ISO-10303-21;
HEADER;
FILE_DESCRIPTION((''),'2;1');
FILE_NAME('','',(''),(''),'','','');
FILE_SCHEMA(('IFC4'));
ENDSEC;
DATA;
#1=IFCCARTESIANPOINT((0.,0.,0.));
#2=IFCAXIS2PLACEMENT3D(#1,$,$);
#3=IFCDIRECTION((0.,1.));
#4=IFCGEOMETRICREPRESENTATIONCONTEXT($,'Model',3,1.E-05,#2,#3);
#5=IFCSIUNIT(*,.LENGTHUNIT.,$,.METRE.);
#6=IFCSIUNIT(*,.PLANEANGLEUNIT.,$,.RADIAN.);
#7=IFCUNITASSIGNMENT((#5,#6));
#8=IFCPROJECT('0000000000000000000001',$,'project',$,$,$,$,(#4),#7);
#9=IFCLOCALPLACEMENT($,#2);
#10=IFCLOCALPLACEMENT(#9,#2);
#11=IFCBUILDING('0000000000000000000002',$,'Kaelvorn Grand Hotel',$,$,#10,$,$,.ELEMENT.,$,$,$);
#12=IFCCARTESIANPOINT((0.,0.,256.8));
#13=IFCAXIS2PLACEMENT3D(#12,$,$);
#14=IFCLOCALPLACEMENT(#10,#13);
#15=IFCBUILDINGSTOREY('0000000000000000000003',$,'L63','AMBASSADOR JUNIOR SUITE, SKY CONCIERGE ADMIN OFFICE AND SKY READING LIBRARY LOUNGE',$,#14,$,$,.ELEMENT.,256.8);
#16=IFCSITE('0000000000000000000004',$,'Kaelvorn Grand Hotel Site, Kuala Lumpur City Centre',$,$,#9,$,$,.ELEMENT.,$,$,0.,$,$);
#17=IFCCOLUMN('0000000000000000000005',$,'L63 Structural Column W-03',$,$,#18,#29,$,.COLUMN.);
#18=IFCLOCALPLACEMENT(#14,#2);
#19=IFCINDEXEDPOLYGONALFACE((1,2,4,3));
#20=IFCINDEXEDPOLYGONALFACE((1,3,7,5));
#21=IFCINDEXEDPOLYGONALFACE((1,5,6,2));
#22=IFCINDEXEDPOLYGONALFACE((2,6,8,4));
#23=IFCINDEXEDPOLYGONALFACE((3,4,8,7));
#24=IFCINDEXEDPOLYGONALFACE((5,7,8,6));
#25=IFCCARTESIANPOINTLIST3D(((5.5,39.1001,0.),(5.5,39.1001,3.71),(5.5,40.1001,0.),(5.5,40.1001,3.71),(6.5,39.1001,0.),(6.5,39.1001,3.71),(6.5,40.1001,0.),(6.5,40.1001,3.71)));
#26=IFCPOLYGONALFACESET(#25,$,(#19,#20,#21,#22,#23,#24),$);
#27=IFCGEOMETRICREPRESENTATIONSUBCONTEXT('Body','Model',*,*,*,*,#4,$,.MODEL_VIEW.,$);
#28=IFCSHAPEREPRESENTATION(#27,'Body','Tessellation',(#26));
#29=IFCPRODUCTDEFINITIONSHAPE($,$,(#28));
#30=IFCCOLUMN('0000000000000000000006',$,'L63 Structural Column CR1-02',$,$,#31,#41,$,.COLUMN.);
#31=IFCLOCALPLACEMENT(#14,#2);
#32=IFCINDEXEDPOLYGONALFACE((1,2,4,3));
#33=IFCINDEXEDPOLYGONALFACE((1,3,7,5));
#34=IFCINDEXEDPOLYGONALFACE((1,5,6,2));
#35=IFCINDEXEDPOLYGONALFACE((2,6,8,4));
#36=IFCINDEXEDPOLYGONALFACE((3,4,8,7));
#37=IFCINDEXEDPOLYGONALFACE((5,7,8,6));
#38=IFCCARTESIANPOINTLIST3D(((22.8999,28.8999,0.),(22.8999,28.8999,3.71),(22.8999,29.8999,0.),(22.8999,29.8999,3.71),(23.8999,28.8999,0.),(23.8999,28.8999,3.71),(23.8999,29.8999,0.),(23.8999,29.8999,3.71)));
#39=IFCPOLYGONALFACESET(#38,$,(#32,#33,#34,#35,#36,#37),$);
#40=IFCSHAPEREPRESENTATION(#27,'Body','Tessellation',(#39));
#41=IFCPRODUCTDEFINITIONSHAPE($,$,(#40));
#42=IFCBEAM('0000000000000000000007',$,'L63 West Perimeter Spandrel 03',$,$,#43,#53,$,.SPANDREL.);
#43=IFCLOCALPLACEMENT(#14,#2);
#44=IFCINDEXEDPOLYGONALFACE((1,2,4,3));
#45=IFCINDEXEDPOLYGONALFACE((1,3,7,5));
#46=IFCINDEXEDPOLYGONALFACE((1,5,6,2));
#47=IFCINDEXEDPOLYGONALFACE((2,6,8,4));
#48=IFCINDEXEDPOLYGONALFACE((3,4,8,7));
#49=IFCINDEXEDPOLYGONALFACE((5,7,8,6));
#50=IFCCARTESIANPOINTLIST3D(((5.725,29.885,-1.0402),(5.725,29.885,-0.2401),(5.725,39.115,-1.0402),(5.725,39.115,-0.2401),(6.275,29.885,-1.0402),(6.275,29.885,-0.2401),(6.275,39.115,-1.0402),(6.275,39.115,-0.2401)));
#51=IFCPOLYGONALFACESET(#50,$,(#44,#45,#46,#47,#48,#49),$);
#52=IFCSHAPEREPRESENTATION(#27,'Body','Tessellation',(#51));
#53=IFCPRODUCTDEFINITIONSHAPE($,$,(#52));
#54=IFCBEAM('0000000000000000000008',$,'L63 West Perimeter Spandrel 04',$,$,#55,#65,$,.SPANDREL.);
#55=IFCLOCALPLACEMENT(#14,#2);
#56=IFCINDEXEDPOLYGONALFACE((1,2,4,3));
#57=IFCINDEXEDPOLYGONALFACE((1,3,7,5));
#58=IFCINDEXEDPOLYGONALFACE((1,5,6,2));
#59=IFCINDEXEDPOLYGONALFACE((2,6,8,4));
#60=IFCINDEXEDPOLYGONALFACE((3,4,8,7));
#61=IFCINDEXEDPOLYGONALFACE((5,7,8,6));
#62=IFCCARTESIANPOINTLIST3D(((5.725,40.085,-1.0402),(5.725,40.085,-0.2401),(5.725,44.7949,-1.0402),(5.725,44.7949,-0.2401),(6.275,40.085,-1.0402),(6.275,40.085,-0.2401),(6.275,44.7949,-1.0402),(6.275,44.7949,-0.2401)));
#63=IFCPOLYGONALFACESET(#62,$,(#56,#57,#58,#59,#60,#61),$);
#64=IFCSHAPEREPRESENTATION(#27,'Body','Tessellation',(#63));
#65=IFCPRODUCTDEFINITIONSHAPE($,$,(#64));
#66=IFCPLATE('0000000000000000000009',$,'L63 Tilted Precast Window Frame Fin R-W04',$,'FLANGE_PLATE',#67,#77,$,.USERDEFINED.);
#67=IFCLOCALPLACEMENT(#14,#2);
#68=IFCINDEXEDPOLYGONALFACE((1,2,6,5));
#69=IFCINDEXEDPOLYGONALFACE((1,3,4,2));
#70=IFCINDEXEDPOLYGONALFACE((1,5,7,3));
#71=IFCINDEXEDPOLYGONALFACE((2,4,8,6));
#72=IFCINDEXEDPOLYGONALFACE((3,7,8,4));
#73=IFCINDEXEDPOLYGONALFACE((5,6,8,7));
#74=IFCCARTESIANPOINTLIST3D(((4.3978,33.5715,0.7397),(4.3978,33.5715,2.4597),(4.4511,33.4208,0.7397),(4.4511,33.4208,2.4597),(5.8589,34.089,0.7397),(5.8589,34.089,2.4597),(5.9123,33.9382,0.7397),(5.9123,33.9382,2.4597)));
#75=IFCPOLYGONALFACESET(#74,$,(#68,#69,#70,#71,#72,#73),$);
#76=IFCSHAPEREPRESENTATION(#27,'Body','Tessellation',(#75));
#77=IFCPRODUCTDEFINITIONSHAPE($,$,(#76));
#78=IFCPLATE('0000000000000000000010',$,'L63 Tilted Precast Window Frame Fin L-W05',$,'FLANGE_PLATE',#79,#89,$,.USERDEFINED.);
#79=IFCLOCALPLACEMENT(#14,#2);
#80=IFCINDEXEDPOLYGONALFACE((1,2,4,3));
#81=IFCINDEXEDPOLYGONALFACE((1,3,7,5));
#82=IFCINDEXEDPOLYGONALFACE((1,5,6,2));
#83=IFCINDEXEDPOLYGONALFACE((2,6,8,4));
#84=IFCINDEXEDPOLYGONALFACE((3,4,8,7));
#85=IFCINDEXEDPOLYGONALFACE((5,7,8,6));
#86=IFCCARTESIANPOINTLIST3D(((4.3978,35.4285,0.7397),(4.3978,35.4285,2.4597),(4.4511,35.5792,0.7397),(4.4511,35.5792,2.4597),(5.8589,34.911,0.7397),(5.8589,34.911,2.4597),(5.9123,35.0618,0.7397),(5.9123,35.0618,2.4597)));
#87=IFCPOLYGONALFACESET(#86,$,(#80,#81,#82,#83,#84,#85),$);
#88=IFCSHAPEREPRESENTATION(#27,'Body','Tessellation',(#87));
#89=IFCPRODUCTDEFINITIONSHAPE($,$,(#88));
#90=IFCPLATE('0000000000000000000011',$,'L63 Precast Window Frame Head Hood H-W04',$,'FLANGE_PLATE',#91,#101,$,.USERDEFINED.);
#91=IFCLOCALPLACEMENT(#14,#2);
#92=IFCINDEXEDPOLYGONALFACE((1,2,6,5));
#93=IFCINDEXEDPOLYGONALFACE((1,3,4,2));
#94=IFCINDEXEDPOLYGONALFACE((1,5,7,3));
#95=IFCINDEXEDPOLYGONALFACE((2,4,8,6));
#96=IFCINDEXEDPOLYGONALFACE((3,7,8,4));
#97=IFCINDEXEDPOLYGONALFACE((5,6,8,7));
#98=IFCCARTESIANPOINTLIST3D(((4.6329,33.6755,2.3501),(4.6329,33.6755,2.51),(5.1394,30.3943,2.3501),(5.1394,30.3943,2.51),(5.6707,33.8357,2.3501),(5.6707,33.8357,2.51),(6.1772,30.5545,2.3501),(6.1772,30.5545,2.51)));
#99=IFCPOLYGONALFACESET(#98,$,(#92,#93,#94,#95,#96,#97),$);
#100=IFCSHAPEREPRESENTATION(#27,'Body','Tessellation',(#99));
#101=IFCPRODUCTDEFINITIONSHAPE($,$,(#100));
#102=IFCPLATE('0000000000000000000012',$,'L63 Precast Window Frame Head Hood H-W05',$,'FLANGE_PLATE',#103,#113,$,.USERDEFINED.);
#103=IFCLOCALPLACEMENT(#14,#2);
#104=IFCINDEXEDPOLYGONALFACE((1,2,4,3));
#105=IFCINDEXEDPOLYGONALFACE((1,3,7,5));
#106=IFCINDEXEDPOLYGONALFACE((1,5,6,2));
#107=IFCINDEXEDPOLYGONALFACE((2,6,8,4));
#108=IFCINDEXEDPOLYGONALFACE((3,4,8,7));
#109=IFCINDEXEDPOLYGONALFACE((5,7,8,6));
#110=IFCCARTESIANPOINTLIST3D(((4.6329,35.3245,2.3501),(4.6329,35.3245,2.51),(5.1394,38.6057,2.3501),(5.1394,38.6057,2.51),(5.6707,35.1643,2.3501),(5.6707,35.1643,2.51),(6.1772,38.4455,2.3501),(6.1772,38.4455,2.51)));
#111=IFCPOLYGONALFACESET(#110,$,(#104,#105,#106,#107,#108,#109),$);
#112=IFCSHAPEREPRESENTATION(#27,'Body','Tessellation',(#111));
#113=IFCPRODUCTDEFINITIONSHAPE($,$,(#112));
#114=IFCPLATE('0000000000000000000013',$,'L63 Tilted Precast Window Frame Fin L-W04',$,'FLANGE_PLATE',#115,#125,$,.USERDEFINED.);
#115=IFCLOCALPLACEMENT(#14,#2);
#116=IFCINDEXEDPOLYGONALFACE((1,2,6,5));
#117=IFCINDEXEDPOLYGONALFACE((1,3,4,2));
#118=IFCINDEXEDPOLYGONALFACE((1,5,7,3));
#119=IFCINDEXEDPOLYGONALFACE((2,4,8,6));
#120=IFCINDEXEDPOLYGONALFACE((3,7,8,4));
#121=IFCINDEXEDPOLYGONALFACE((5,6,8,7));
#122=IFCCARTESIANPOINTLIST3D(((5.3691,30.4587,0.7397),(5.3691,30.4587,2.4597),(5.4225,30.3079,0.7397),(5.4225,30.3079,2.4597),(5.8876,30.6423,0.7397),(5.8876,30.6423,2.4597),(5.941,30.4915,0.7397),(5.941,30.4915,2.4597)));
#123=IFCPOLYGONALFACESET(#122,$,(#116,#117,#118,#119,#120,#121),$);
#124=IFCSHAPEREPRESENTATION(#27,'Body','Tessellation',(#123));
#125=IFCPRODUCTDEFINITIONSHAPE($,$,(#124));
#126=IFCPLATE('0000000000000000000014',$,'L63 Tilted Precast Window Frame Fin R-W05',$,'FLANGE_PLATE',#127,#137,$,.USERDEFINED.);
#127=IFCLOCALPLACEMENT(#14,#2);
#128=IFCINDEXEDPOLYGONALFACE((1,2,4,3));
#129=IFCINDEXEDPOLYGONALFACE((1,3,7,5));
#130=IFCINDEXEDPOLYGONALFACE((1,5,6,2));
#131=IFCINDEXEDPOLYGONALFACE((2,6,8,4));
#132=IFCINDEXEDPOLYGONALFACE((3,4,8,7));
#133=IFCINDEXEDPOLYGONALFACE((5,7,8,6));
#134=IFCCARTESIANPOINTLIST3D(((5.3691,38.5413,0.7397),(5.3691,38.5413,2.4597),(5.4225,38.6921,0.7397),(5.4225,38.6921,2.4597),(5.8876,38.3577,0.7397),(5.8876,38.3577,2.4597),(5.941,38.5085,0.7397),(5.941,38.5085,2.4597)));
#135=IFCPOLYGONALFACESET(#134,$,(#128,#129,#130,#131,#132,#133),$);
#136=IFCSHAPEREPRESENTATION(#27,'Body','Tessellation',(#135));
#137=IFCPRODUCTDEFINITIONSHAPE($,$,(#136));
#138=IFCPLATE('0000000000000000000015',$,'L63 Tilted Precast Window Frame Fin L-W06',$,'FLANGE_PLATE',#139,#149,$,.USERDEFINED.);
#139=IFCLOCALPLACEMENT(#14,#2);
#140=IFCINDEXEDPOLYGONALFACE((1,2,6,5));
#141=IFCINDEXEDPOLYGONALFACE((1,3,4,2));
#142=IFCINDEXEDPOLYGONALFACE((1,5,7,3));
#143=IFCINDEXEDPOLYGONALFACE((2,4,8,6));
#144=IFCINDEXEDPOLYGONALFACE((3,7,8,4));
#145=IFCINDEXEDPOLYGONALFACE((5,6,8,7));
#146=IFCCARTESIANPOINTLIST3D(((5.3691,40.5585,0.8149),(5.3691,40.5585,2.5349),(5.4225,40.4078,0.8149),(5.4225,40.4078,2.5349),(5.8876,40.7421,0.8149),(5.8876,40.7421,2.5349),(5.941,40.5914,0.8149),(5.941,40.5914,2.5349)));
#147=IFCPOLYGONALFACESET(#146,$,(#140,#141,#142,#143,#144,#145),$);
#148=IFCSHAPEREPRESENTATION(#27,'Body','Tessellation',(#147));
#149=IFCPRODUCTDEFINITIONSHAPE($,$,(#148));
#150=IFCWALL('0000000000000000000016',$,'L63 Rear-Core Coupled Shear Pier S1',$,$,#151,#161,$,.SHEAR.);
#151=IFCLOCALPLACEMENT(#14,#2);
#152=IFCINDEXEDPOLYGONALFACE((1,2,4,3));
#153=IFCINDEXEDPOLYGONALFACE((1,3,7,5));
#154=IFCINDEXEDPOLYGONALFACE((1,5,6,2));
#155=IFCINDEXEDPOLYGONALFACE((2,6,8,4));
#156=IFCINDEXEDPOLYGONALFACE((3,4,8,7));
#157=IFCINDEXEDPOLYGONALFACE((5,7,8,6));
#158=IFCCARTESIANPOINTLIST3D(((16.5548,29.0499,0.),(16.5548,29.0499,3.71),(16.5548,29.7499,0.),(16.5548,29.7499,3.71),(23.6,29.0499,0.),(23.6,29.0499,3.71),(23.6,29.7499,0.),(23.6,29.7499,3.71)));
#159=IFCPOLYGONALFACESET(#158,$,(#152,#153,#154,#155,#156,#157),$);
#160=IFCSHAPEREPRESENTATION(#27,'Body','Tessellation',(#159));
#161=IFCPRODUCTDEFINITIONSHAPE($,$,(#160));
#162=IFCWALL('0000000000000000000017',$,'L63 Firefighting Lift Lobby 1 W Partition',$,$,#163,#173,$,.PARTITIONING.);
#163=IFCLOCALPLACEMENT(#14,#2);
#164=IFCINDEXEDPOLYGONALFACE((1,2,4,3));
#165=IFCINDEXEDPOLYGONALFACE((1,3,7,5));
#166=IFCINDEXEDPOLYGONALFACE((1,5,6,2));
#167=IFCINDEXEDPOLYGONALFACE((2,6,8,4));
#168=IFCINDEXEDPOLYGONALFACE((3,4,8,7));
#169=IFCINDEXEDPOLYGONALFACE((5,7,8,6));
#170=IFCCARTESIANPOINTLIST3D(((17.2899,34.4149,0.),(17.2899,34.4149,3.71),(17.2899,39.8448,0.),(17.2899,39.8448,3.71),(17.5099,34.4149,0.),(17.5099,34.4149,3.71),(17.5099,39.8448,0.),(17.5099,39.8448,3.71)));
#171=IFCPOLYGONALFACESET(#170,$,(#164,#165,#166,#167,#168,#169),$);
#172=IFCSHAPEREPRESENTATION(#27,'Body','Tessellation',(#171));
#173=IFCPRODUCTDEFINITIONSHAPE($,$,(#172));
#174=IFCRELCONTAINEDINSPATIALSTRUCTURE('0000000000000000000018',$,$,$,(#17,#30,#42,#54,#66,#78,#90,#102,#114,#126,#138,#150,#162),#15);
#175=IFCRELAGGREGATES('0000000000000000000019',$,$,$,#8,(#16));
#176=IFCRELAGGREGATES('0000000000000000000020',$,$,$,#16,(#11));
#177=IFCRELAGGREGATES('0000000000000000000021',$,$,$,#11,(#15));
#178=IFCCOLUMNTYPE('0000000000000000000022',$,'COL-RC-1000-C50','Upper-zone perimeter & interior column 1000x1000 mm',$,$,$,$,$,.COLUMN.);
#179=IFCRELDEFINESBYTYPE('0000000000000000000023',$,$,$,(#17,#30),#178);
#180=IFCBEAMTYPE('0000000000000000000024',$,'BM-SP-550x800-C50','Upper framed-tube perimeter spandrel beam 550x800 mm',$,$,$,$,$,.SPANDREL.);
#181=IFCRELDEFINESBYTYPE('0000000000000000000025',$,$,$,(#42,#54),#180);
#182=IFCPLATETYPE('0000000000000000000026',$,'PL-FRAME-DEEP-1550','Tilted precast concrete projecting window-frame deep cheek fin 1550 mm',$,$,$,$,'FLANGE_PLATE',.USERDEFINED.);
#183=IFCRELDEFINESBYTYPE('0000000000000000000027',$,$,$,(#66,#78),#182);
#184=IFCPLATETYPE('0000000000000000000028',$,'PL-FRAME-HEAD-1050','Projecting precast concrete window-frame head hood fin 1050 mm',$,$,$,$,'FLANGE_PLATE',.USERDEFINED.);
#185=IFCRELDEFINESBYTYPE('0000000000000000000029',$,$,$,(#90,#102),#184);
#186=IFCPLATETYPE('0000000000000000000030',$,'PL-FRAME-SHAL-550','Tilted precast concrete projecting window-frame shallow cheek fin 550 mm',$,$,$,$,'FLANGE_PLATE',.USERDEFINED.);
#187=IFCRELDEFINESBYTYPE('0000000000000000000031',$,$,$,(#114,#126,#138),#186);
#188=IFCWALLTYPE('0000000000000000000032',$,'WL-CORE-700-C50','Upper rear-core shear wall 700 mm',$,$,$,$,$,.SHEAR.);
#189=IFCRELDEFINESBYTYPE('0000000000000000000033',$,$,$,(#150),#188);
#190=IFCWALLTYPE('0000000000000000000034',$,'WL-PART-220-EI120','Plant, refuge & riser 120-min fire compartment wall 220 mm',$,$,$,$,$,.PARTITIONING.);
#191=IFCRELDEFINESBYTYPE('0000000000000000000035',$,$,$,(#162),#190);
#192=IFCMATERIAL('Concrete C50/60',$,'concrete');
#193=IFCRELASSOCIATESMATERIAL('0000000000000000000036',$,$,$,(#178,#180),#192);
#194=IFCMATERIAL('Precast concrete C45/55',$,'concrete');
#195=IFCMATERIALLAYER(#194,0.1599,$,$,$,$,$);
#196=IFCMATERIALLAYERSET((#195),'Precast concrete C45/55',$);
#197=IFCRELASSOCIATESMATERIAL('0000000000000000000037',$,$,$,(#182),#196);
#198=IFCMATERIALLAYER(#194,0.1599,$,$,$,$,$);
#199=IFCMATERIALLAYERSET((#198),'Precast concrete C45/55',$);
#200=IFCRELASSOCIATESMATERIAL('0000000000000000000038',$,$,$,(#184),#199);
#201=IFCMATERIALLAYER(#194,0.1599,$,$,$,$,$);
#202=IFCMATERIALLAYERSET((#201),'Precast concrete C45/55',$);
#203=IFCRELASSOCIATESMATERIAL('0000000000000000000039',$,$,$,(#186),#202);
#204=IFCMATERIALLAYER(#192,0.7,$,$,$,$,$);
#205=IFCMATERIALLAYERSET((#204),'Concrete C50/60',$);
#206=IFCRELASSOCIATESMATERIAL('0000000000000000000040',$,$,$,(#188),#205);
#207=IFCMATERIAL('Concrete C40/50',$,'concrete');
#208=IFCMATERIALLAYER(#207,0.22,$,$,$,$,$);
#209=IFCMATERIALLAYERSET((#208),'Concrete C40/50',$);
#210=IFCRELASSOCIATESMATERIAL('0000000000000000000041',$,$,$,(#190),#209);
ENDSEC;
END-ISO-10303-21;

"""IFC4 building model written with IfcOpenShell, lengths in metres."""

from ifc_helpers import new_model, si_unit, direction, frame, frame_2d, origin, origin_2d, place, context, subcontext, project, spatial, rectangle, extrude, material, layer, layer_set, material_profile, profile_set, type_object, element, save


model = new_model("IFC4")

# Units and contexts
model_context = context("Model", 3, precision=1e-05, world=origin(), true_north=direction((0.0, 1.0)))
body_context = subcontext(model_context, "Body", "Model", "MODEL_VIEW")
ifc_project = project(units=[si_unit("LENGTHUNIT", "METRE"), si_unit("PLANEANGLEUNIT", "RADIAN")], contexts=[model_context])

# Site, building, storey
site_placement = place(None, origin())
site = spatial("IfcSite", under=ifc_project, at=site_placement, Name="Kaelvorn Grand Hotel Site, Kuala Lumpur City Centre", CompositionType="ELEMENT", RefElevation=0.0)
building_placement = place(site_placement, origin())
building = spatial("IfcBuilding", under=site, at=building_placement, Name="Kaelvorn Grand Hotel", CompositionType="ELEMENT")
storey_placement = place(building_placement, frame((0.0, 0.0, 256.8)))
storey = spatial("IfcBuildingStorey", under=building, at=storey_placement, Name="L63", Description="AMBASSADOR JUNIOR SUITE, SKY CONCIERGE ADMIN OFFICE AND SKY READING LIBRARY LOUNGE", CompositionType="ELEMENT", Elevation=256.8)

# Columns
ifc_material_1 = material(Name="Concrete C50/60", Category="concrete")
ifc_material_profile_1 = material_profile(ifc_material_1, rectangle(XDim=1.0, YDim=1.0, at=origin_2d()), Name="RC COL 1000x1000")
ifc_profile_set_1 = profile_set([ifc_material_profile_1], Name="Concrete C50/60")
column_type = type_object("IfcColumnType", Name="COL-RC-1000-C50", Description="Upper-zone perimeter & interior column 1000x1000 mm", PredefinedType="COLUMN", material=ifc_profile_set_1)
for number, where, z_axis, x_axis, name in (
    (1, (6.0, 39.6001, 0.0), (0.0, 0.0, 1.0), (1.0, 0.0, 0.0), "L63 Structural Column W-03"),
    (2, (23.3999, 29.3999, 0.0), (0.0, 0.0, 1.0), (1.0, 0.0, 0.0), "L63 Structural Column CR1-02"),
):
    element("IfcColumn", number, at=place(storey_placement, frame(where, z_axis=z_axis, x_axis=x_axis)), inside=storey, type_object=column_type, Name=name, PredefinedType="COLUMN", context=body_context, shape_type="SweptSolid", body=[
        extrude(rectangle(XDim=1.0, YDim=1.0, at=origin_2d()), origin(), (0.0, 0.0, 1.0), 3.71),
    ])

# Beams
ifc_material_profile_2 = material_profile(ifc_material_1, rectangle(XDim=0.55, YDim=0.8, at=origin_2d()), Name="RC SPANDREL 550x800")
ifc_profile_set_2 = profile_set([ifc_material_profile_2], Name="Concrete C50/60")
beam_type = type_object("IfcBeamType", Name="BM-SP-550x800-C50", Description="Upper framed-tube perimeter spandrel beam 550x800 mm", PredefinedType="SPANDREL", material=ifc_profile_set_2)
beam_1_placement = place(storey_placement, frame((6.0, 29.885, -0.6401), z_axis=(0.0, 1.0, 0.0), x_axis=(-1.0, 0.0, 0.0)))
element("IfcBeam", 3, at=beam_1_placement, inside=storey, type_object=beam_type, Name="L63 West Perimeter Spandrel 03", PredefinedType="SPANDREL", context=body_context, shape_type="SweptSolid", body=[
    extrude(rectangle(XDim=0.55, YDim=0.8, at=origin_2d()), origin(), (0.0, 0.0, 1.0), 9.23),
])
beam_2_placement = place(storey_placement, frame((6.0, 40.085, -0.6401), z_axis=(0.0, 1.0, 0.0), x_axis=(-1.0, 0.0, 0.0)))
element("IfcBeam", 4, at=beam_2_placement, inside=storey, type_object=beam_type, Name="L63 West Perimeter Spandrel 04", PredefinedType="SPANDREL", context=body_context, shape_type="SweptSolid", body=[
    extrude(rectangle(XDim=0.55, YDim=0.8, at=origin_2d()), origin(), (0.0, 0.0, 1.0), 4.71),
])

# Plates
ifc_material_2 = material(Name="Precast concrete C45/55", Category="concrete")
ifc_layer_1 = layer(ifc_material_2, 0.1599)
ifc_layer_set_1 = layer_set([ifc_layer_1], Name="Precast concrete C45/55")
plate_type_1 = type_object("IfcPlateType", Name="PL-FRAME-DEEP-1550", Description="Tilted precast concrete projecting window-frame deep cheek fin 1550 mm", ElementType="FLANGE_PLATE", PredefinedType="USERDEFINED", material=ifc_layer_set_1)
for number, where, z_axis, x_axis, name in (
    (5, (5.155, 33.7549, 0.7397), (0.0, 0.0, 1.0), (-0.333807, 0.942641, 0.0), "L63 Tilted Precast Window Frame Fin R-W04"),
    (6, (5.155, 35.2451, 0.7397), (0.0, 0.0, 1.0), (0.333807, 0.942641, 0.0), "L63 Tilted Precast Window Frame Fin L-W05"),
):
    element("IfcPlate", number, at=place(storey_placement, frame(where, z_axis=z_axis, x_axis=x_axis)), inside=storey, type_object=plate_type_1, Name=name, ObjectType="FLANGE_PLATE", PredefinedType="USERDEFINED", context=body_context, shape_type="SweptSolid", body=[
        extrude(rectangle(XDim=0.1599, YDim=1.55, at=origin_2d()), origin(), (0.0, 0.0, 1.0), 1.72),
    ])
ifc_layer_2 = layer(ifc_material_2, 0.1599)
ifc_layer_set_2 = layer_set([ifc_layer_2], Name="Precast concrete C45/55")
plate_type_2 = type_object("IfcPlateType", Name="PL-FRAME-HEAD-1050", Description="Projecting precast concrete window-frame head hood fin 1050 mm", ElementType="FLANGE_PLATE", PredefinedType="USERDEFINED", material=ifc_layer_set_2)
for number, where, z_axis, x_axis, name in (
    (7, (5.405, 32.115, 2.3501), (0.0, 0.0, 1.0), (-0.152555, 0.988295, 0.0), "L63 Precast Window Frame Head Hood H-W04"),
    (8, (5.405, 36.885, 2.3501), (0.0, 0.0, 1.0), (0.152555, 0.988295, 0.0), "L63 Precast Window Frame Head Hood H-W05"),
):
    element("IfcPlate", number, at=place(storey_placement, frame(where, z_axis=z_axis, x_axis=x_axis)), inside=storey, type_object=plate_type_2, Name=name, ObjectType="FLANGE_PLATE", PredefinedType="USERDEFINED", context=body_context, shape_type="SweptSolid", body=[
        extrude(rectangle(XDim=3.3201, YDim=1.05, at=origin_2d()), origin(), (0.0, 0.0, 1.0), 0.1599),
    ])
ifc_layer_3 = layer(ifc_material_2, 0.1599)
ifc_layer_set_3 = layer_set([ifc_layer_3], Name="Precast concrete C45/55")
plate_type_3 = type_object("IfcPlateType", Name="PL-FRAME-SHAL-550", Description="Tilted precast concrete projecting window-frame shallow cheek fin 550 mm", ElementType="FLANGE_PLATE", PredefinedType="USERDEFINED", material=ifc_layer_set_3)
for number, where, z_axis, x_axis, name in (
    (9, (5.655, 30.4751, 0.7397), (0.0, 0.0, 1.0), (-0.333807, 0.942641, 0.0), "L63 Tilted Precast Window Frame Fin L-W04"),
    (10, (5.655, 38.5249, 0.7397), (0.0, 0.0, 1.0), (0.333807, 0.942641, 0.0), "L63 Tilted Precast Window Frame Fin R-W05"),
    (11, (5.655, 40.575, 0.8149), (0.0, 0.0, 1.0), (-0.333807, 0.942641, 0.0), "L63 Tilted Precast Window Frame Fin L-W06"),
):
    element("IfcPlate", number, at=place(storey_placement, frame(where, z_axis=z_axis, x_axis=x_axis)), inside=storey, type_object=plate_type_3, Name=name, ObjectType="FLANGE_PLATE", PredefinedType="USERDEFINED", context=body_context, shape_type="SweptSolid", body=[
        extrude(rectangle(XDim=0.1599, YDim=0.55, at=origin_2d()), origin(), (0.0, 0.0, 1.0), 1.72),
    ])

# Wall
ifc_layer_4 = layer(ifc_material_1, 0.7)
ifc_layer_set_4 = layer_set([ifc_layer_4], Name="Concrete C50/60")
wall_type_1 = type_object("IfcWallType", Name="WL-CORE-700-C50", Description="Upper rear-core shear wall 700 mm", PredefinedType="SHEAR", material=ifc_layer_set_4)
wall_1_placement = place(storey_placement, frame((16.5549, 29.3999, 0.0), z_axis=(0.0, 0.0, 1.0), x_axis=(1.0, 0.0, 0.0)))
element("IfcWall", 12, at=wall_1_placement, inside=storey, type_object=wall_type_1, Name="L63 Rear-Core Coupled Shear Pier S1", PredefinedType="SHEAR", context=body_context, shape_type="SweptSolid", body=[
    extrude(rectangle(XDim=7.0452, YDim=0.7, at=frame_2d((3.5225, 0.0))), origin(), (0.0, 0.0, 1.0), 3.71),
])

# Shared definitions
ifc_material_3 = material(Name="Concrete C40/50", Category="concrete")
ifc_layer_5 = layer(ifc_material_3, 0.22)
ifc_layer_set_5 = layer_set([ifc_layer_5], Name="Concrete C40/50")
wall_type_2 = type_object("IfcWallType", Name="WL-PART-220-EI120", Description="Plant, refuge & riser 120-min fire compartment wall 220 mm", PredefinedType="PARTITIONING", material=ifc_layer_set_5)

# Wall
wall_2_placement = place(storey_placement, frame((17.3999, 34.415, 0.0), z_axis=(0.0, 0.0, 1.0), x_axis=(0.0, 1.0, 0.0)))
element("IfcWall", 13, at=wall_2_placement, inside=storey, type_object=wall_type_2, Name="L63 Firefighting Lift Lobby 1 W Partition", PredefinedType="PARTITIONING", context=body_context, shape_type="SweptSolid", body=[
    extrude(rectangle(XDim=5.4299, YDim=0.22, at=frame_2d((2.7148, 0.0))), origin(), (0.0, 0.0, 1.0), 3.71),
])

save(model, "model.ifc")
